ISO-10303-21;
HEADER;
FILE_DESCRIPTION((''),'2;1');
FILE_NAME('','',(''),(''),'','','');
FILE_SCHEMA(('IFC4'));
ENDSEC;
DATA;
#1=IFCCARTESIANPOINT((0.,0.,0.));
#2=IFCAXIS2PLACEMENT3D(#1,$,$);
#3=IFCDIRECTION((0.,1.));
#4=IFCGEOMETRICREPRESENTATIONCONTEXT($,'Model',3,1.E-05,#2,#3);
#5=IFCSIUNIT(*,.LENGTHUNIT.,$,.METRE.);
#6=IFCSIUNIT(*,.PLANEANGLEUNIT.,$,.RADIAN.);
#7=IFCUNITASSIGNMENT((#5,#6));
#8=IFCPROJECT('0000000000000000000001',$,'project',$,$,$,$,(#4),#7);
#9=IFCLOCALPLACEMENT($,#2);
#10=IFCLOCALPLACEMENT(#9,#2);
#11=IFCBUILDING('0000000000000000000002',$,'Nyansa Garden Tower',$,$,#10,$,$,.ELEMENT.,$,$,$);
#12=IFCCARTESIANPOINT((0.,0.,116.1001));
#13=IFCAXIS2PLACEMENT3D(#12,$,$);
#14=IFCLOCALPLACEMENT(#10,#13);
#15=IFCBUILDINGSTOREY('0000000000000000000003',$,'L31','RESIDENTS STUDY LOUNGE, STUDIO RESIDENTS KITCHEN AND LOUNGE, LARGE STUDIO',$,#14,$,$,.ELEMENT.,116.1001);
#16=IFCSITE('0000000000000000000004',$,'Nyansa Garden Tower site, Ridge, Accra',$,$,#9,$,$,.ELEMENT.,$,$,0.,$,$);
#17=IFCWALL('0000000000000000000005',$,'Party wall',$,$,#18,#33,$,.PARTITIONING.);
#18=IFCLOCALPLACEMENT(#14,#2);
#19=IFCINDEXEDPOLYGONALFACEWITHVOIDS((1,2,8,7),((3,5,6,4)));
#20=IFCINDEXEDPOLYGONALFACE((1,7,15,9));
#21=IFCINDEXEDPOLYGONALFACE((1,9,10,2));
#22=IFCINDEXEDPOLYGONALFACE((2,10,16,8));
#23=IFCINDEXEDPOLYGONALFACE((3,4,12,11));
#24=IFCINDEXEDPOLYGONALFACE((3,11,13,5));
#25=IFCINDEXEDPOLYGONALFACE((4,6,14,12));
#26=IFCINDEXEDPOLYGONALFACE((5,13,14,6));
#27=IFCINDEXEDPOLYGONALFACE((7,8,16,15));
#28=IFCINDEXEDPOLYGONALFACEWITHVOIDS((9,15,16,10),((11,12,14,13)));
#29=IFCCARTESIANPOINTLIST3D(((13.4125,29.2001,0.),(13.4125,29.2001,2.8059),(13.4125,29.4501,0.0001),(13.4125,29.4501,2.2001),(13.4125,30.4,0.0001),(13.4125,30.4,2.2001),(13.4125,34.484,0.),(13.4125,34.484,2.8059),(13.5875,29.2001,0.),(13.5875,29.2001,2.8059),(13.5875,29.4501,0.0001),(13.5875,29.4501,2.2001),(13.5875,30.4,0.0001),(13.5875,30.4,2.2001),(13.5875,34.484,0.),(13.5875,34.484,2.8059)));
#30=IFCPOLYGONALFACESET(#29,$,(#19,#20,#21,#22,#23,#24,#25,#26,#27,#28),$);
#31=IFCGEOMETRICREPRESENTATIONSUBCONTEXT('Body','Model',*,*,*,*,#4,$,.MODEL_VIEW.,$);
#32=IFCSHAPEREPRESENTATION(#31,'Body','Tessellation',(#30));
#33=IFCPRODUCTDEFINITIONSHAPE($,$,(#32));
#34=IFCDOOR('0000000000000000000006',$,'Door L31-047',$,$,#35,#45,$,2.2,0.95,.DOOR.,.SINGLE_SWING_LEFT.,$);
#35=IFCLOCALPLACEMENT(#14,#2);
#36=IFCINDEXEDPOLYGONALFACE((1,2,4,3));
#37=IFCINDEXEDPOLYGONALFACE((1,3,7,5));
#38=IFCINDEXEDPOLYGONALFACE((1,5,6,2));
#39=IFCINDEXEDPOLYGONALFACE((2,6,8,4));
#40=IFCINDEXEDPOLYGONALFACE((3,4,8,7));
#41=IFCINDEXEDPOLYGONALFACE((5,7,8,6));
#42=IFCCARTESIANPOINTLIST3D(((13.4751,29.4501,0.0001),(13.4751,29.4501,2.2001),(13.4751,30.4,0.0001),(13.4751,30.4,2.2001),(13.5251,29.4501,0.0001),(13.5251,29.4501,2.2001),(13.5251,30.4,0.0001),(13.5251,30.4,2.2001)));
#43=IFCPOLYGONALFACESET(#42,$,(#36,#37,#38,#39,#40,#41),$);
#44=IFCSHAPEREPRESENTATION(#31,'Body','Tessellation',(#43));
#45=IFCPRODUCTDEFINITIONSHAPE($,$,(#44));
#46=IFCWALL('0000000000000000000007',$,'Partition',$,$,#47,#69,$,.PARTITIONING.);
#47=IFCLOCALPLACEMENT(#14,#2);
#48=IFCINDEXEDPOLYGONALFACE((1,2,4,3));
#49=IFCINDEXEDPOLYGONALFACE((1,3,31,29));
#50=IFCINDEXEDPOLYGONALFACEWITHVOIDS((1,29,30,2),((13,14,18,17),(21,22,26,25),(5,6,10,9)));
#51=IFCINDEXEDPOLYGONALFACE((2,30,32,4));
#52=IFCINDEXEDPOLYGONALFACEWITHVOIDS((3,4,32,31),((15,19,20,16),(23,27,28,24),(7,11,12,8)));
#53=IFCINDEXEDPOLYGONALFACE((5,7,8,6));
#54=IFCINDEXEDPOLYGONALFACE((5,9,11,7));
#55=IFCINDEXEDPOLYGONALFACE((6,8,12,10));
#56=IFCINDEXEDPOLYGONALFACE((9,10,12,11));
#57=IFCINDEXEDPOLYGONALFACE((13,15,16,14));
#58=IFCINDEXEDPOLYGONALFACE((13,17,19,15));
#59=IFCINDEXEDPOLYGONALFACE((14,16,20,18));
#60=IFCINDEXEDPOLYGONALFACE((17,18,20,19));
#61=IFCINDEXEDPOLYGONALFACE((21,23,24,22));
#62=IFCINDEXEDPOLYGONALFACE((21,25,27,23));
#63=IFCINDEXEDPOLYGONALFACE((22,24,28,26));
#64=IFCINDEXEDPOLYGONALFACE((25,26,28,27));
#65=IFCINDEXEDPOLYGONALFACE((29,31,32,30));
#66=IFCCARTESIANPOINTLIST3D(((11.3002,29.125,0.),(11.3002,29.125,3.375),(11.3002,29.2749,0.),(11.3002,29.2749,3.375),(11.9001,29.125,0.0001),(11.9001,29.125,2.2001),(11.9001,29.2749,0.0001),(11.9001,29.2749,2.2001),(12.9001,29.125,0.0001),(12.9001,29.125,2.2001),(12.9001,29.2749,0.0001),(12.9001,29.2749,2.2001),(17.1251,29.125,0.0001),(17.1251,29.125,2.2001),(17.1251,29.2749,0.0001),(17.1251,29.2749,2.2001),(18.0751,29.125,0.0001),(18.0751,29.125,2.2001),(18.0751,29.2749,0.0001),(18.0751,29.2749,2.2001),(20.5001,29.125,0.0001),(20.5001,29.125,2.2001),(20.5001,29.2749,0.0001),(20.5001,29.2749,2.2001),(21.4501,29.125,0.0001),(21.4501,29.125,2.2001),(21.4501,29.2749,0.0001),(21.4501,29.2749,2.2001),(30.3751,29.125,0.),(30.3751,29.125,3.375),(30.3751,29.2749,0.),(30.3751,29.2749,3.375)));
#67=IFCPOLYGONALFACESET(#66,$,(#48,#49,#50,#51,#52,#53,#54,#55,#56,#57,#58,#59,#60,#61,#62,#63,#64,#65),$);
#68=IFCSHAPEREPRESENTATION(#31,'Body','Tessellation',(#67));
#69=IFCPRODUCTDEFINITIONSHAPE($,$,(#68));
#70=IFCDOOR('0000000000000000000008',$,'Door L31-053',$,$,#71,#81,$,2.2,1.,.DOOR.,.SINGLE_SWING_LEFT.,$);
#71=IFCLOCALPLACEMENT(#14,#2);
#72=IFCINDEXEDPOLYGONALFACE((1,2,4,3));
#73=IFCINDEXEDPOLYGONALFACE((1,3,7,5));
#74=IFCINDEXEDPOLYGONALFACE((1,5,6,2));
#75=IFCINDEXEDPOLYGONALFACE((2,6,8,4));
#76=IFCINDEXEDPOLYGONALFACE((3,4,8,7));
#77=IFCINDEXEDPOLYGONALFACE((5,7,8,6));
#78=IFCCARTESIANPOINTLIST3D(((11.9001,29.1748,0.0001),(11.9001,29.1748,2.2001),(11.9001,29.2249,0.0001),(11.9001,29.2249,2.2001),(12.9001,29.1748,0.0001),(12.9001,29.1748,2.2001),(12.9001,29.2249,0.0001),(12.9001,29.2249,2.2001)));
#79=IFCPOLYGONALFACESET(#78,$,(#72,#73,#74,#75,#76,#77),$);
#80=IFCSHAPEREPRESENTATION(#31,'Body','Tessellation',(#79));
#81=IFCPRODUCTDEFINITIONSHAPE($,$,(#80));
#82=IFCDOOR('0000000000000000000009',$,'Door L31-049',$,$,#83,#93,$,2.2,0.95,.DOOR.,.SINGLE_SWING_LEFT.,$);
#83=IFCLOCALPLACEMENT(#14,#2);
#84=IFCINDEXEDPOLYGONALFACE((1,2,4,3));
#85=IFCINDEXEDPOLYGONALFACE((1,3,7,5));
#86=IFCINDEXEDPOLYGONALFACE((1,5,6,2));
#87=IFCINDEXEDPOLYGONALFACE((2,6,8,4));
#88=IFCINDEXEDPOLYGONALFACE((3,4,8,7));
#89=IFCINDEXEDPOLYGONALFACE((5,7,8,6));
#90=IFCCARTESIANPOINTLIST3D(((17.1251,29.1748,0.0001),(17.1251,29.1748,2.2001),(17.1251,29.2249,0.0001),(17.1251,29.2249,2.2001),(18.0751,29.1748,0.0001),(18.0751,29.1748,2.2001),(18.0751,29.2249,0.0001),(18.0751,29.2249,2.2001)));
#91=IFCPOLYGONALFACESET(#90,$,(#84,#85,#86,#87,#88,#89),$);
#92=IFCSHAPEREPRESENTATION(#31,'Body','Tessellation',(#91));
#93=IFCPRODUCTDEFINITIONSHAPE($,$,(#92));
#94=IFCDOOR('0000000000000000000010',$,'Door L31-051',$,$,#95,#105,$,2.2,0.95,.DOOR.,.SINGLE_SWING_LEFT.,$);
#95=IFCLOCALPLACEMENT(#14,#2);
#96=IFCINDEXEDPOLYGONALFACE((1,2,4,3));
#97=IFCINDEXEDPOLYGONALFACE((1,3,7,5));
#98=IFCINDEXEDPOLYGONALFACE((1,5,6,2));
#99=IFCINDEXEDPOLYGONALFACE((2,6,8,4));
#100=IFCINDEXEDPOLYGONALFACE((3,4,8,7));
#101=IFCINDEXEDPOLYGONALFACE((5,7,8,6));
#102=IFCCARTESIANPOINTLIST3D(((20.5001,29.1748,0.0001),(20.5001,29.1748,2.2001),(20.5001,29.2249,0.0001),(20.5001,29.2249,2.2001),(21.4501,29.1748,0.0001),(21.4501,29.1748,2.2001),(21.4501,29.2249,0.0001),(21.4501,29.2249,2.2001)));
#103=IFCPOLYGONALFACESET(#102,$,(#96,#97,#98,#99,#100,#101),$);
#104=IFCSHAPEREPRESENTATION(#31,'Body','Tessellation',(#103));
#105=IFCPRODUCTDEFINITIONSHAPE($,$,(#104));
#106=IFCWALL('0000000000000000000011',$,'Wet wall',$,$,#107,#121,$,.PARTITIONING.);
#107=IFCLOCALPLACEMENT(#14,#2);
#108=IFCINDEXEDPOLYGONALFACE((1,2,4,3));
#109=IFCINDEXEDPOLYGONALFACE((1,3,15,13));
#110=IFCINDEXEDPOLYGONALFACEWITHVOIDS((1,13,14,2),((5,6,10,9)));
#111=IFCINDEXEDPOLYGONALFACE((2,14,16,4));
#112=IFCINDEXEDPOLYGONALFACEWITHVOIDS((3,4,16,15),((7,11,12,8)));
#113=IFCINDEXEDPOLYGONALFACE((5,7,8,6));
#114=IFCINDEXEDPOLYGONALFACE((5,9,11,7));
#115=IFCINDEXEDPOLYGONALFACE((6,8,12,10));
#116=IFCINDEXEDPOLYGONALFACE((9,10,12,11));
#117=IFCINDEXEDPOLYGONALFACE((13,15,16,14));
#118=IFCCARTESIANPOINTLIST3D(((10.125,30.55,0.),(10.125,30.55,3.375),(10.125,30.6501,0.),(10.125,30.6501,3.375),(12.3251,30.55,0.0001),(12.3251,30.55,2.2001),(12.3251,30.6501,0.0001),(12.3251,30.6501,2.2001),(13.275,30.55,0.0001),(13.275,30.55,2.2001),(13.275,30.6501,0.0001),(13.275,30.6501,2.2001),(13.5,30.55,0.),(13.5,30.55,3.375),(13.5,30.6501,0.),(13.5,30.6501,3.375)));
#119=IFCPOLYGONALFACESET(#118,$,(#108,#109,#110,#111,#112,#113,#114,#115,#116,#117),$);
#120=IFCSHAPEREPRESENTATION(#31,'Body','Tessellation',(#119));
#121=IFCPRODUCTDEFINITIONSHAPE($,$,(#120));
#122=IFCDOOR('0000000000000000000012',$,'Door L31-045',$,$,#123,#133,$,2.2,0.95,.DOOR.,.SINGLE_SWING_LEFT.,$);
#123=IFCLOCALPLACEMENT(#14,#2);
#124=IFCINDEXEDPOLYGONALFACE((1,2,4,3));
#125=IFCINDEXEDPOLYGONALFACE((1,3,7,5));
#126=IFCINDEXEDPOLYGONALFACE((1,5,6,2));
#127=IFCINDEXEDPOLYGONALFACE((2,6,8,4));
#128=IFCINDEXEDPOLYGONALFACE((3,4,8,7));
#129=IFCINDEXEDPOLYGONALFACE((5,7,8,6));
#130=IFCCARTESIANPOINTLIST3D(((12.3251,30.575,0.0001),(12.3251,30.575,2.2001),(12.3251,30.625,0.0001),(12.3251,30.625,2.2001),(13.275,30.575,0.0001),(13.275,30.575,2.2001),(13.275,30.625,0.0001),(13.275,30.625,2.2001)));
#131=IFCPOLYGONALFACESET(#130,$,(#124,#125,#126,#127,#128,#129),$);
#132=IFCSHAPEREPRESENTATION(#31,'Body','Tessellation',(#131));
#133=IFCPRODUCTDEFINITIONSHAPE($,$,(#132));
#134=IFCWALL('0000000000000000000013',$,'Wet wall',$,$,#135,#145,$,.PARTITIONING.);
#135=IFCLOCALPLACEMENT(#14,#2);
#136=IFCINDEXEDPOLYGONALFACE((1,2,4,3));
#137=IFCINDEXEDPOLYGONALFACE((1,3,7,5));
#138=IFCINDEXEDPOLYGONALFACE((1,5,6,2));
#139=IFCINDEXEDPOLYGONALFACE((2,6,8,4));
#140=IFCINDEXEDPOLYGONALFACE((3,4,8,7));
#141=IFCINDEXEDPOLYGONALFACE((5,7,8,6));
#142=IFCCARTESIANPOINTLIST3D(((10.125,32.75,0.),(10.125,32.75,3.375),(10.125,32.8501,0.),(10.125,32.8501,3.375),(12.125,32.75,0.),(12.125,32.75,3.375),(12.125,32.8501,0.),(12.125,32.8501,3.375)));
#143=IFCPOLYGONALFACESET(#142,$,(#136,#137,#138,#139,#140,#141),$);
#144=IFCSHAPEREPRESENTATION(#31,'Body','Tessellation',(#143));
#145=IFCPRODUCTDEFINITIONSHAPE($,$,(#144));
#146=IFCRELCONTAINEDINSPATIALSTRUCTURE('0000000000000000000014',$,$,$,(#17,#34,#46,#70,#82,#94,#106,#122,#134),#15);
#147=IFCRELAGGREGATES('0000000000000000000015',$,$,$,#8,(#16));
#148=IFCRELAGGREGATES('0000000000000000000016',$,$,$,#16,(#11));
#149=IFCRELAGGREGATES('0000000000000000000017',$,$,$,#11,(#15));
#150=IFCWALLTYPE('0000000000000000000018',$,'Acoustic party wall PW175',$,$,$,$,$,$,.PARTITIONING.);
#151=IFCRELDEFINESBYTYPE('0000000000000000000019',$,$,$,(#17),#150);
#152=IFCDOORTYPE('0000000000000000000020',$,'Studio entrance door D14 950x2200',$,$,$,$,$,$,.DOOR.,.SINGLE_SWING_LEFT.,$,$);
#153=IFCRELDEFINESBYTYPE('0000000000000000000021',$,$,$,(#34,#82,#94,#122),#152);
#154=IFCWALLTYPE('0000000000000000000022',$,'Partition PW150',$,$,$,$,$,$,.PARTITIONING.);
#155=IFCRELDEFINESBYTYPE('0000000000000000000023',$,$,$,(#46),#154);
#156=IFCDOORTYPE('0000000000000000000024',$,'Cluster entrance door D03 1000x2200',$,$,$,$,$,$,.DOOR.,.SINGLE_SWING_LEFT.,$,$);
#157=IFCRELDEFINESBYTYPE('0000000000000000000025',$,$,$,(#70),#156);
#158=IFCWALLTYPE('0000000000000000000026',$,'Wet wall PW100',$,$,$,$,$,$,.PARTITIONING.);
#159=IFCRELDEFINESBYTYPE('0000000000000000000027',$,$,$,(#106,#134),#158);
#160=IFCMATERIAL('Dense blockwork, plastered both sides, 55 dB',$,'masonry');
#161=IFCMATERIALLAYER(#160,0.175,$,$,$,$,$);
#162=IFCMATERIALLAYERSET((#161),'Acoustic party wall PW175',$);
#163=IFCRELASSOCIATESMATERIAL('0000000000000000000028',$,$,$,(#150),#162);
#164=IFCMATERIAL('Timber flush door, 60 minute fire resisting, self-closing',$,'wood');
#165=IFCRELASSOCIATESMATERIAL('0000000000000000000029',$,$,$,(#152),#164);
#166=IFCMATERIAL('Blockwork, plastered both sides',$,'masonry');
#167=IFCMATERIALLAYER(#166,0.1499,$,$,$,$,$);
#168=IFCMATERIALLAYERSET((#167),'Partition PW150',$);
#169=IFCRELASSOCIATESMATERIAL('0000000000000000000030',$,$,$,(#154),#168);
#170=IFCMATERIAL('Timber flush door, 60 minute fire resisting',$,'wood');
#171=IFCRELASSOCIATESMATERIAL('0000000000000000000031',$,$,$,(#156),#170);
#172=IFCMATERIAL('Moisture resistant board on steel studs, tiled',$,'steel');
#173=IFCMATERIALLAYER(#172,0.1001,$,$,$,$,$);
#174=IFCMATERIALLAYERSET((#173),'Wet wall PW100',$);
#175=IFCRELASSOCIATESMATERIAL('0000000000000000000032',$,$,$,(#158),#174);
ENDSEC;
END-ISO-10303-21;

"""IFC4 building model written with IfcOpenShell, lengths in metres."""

from ifc_helpers import new_model, si_unit, direction, frame, frame_2d, origin, place, context, subcontext, project, spatial, rectangle, extrude, material, layer, layer_set, type_object, element, fill, save


model = new_model("IFC4")

# Units and contexts
model_context = context("Model", 3, precision=1e-05, world=origin(), true_north=direction((0.0, 1.0)))
body_context = subcontext(model_context, "Body", "Model", "MODEL_VIEW")
ifc_project = project(units=[si_unit("LENGTHUNIT", "METRE"), si_unit("PLANEANGLEUNIT", "RADIAN")], contexts=[model_context])

# Site, building, storey
site_placement = place(None, origin())
site = spatial("IfcSite", under=ifc_project, at=site_placement, Name="Nyansa Garden Tower site, Ridge, Accra", CompositionType="ELEMENT", RefElevation=0.0)
building_placement = place(site_placement, origin())
building = spatial("IfcBuilding", under=site, at=building_placement, Name="Nyansa Garden Tower", CompositionType="ELEMENT")
storey_placement = place(building_placement, frame((0.0, 0.0, 116.1001)))
storey = spatial("IfcBuildingStorey", under=building, at=storey_placement, Name="L31", Description="RESIDENTS STUDY LOUNGE, STUDIO RESIDENTS KITCHEN AND LOUNGE, LARGE STUDIO", CompositionType="ELEMENT", Elevation=116.1001)

# Wall, opening, door
ifc_material_1 = material(Name="Dense blockwork, plastered both sides, 55 dB", Category="masonry")
ifc_layer_1 = layer(ifc_material_1, 0.175)
ifc_layer_set_1 = layer_set([ifc_layer_1], Name="Acoustic party wall PW175")
wall_type_1 = type_object("IfcWallType", Name="Acoustic party wall PW175", PredefinedType="PARTITIONING", material=ifc_layer_set_1)
wall_1_placement = place(storey_placement, frame((13.5, 29.2, 0.0), z_axis=(0.0, 0.0, 1.0), x_axis=(0.0, 1.0, 0.0)))
wall_1 = element("IfcWall", 1, at=wall_1_placement, inside=storey, type_object=wall_type_1, Name="Party wall", PredefinedType="PARTITIONING", context=body_context, shape_type="SweptSolid", body=[
    extrude(rectangle(XDim=5.2839, YDim=0.175, at=frame_2d((2.6421, 0.0))), origin(), (0.0, 0.0, 1.0), 2.8059),
])
opening_1_placement = place(wall_1_placement, frame((0.25, 0.0, 0.0)))
opening_1 = element("IfcOpeningElement", 2, at=opening_1_placement, cuts=wall_1, PredefinedType="OPENING", context=body_context, shape_type="SweptSolid", body=[
    extrude(rectangle(XDim=0.95, YDim=2.2, at=frame_2d((0.4751, 1.1001))), frame((0.0, 0.0974, 0.0), z_axis=(0.0, -1.0, 0.0), x_axis=(1.0, 0.0, 0.0)), (0.0, 0.0, 1.0), 0.1951),
])
ifc_material_2 = material(Name="Timber flush door, 60 minute fire resisting, self-closing", Category="wood")
door_type_1 = type_object("IfcDoorType", Name="Studio entrance door D14 950x2200", OperationType="SINGLE_SWING_LEFT", PredefinedType="DOOR", material=ifc_material_2)
door_1_placement = place(opening_1_placement, origin())
door_1 = element("IfcDoor", 3, at=door_1_placement, inside=storey, type_object=door_type_1, Name="Door L31-047", OperationType="SINGLE_SWING_LEFT", OverallHeight=2.2, OverallWidth=0.95, PredefinedType="DOOR", context=body_context, shape_type="SweptSolid", body=[
    extrude(rectangle(XDim=0.95, YDim=2.2, at=frame_2d((0.4751, 1.1001))), frame((0.0, 0.0249, 0.0), z_axis=(0.0, -1.0, 0.0), x_axis=(1.0, 0.0, 0.0)), (0.0, 0.0, 1.0), 0.05),
])
fill(opening_1, door_1)

# Wall, openings, doors
ifc_material_3 = material(Name="Blockwork, plastered both sides", Category="masonry")
ifc_layer_2 = layer(ifc_material_3, 0.1499)
ifc_layer_set_2 = layer_set([ifc_layer_2], Name="Partition PW150")
wall_type_2 = type_object("IfcWallType", Name="Partition PW150", PredefinedType="PARTITIONING", material=ifc_layer_set_2)
wall_2_placement = place(storey_placement, frame((11.3, 29.2, 0.0), z_axis=(0.0, 0.0, 1.0), x_axis=(1.0, 0.0, 0.0)))
wall_2 = element("IfcWall", 4, at=wall_2_placement, inside=storey, type_object=wall_type_2, Name="Partition", PredefinedType="PARTITIONING", context=body_context, shape_type="SweptSolid", body=[
    extrude(rectangle(XDim=19.075, YDim=0.1499, at=frame_2d((9.5376, 0.0))), origin(), (0.0, 0.0, 1.0), 3.375),
])
opening_2_placement = place(wall_2_placement, frame((5.825, 0.0, 0.0)))
opening_2 = element("IfcOpeningElement", 5, at=opening_2_placement, cuts=wall_2, PredefinedType="OPENING", context=body_context, shape_type="SweptSolid", body=[
    extrude(rectangle(XDim=0.95, YDim=2.2, at=frame_2d((0.4751, 1.1001))), frame((0.0, 0.085, 0.0), z_axis=(0.0, -1.0, 0.0), x_axis=(1.0, 0.0, 0.0)), (0.0, 0.0, 1.0), 0.1699),
])
opening_3_placement = place(wall_2_placement, frame((9.2, 0.0, 0.0)))
opening_3 = element("IfcOpeningElement", 6, at=opening_3_placement, cuts=wall_2, PredefinedType="OPENING", context=body_context, shape_type="SweptSolid", body=[
    extrude(rectangle(XDim=0.95, YDim=2.2, at=frame_2d((0.4751, 1.1001))), frame((0.0, 0.085, 0.0), z_axis=(0.0, -1.0, 0.0), x_axis=(1.0, 0.0, 0.0)), (0.0, 0.0, 1.0), 0.1699),
])
opening_4_placement = place(wall_2_placement, frame((0.6001, 0.0, 0.0)))
opening_4 = element("IfcOpeningElement", 7, at=opening_4_placement, cuts=wall_2, PredefinedType="OPENING", context=body_context, shape_type="SweptSolid", body=[
    extrude(rectangle(XDim=1.0, YDim=2.2, at=frame_2d((0.5, 1.1001))), frame((0.0, 0.085, 0.0), z_axis=(0.0, -1.0, 0.0), x_axis=(1.0, 0.0, 0.0)), (0.0, 0.0, 1.0), 0.1699),
])
ifc_material_4 = material(Name="Timber flush door, 60 minute fire resisting", Category="wood")
door_type_2 = type_object("IfcDoorType", Name="Cluster entrance door D03 1000x2200", OperationType="SINGLE_SWING_LEFT", PredefinedType="DOOR", material=ifc_material_4)
door_2_placement = place(opening_4_placement, origin())
door_2 = element("IfcDoor", 8, at=door_2_placement, inside=storey, type_object=door_type_2, Name="Door L31-053", OperationType="SINGLE_SWING_LEFT", OverallHeight=2.2, OverallWidth=1.0, PredefinedType="DOOR", context=body_context, shape_type="SweptSolid", body=[
    extrude(rectangle(XDim=1.0, YDim=2.2, at=frame_2d((0.5, 1.1001))), frame((0.0, 0.0249, 0.0), z_axis=(0.0, -1.0, 0.0), x_axis=(1.0, 0.0, 0.0)), (0.0, 0.0, 1.0), 0.05),
])
fill(opening_4, door_2)
door_3_placement = place(opening_2_placement, origin())
door_3 = element("IfcDoor", 9, at=door_3_placement, inside=storey, type_object=door_type_1, Name="Door L31-049", OperationType="SINGLE_SWING_LEFT", OverallHeight=2.2, OverallWidth=0.95, PredefinedType="DOOR", context=body_context, shape_type="SweptSolid", body=[
    extrude(rectangle(XDim=0.95, YDim=2.2, at=frame_2d((0.4751, 1.1001))), frame((0.0, 0.0249, 0.0), z_axis=(0.0, -1.0, 0.0), x_axis=(1.0, 0.0, 0.0)), (0.0, 0.0, 1.0), 0.05),
])
fill(opening_2, door_3)
door_4_placement = place(opening_3_placement, origin())
door_4 = element("IfcDoor", 10, at=door_4_placement, inside=storey, type_object=door_type_1, Name="Door L31-051", OperationType="SINGLE_SWING_LEFT", OverallHeight=2.2, OverallWidth=0.95, PredefinedType="DOOR", context=body_context, shape_type="SweptSolid", body=[
    extrude(rectangle(XDim=0.95, YDim=2.2, at=frame_2d((0.4751, 1.1001))), frame((0.0, 0.0249, 0.0), z_axis=(0.0, -1.0, 0.0), x_axis=(1.0, 0.0, 0.0)), (0.0, 0.0, 1.0), 0.05),
])
fill(opening_3, door_4)

# Wall, opening, door
ifc_material_5 = material(Name="Moisture resistant board on steel studs, tiled", Category="steel")
ifc_layer_3 = layer(ifc_material_5, 0.1001)
ifc_layer_set_3 = layer_set([ifc_layer_3], Name="Wet wall PW100")
wall_type_3 = type_object("IfcWallType", Name="Wet wall PW100", PredefinedType="PARTITIONING", material=ifc_layer_set_3)
wall_3_placement = place(storey_placement, frame((10.125, 30.6001, 0.0), z_axis=(0.0, 0.0, 1.0), x_axis=(1.0, 0.0, 0.0)))
wall_3 = element("IfcWall", 11, at=wall_3_placement, inside=storey, type_object=wall_type_3, Name="Wet wall", PredefinedType="PARTITIONING", context=body_context, shape_type="SweptSolid", body=[
    extrude(rectangle(XDim=3.375, YDim=0.1001, at=frame_2d((1.6875, 0.0))), origin(), (0.0, 0.0, 1.0), 3.375),
])
opening_5_placement = place(wall_3_placement, frame((2.2, 0.0, 0.0)))
opening_5 = element("IfcOpeningElement", 12, at=opening_5_placement, cuts=wall_3, PredefinedType="OPENING", context=body_context, shape_type="SweptSolid", body=[
    extrude(rectangle(XDim=0.95, YDim=2.2, at=frame_2d((0.4751, 1.1001))), frame((0.0, 0.0601, 0.0), z_axis=(0.0, -1.0, 0.0), x_axis=(1.0, 0.0, 0.0)), (0.0, 0.0, 1.0), 0.1201),
])
door_5_placement = place(opening_5_placement, origin())
door_5 = element("IfcDoor", 13, at=door_5_placement, inside=storey, type_object=door_type_1, Name="Door L31-045", OperationType="SINGLE_SWING_LEFT", OverallHeight=2.2, OverallWidth=0.95, PredefinedType="DOOR", context=body_context, shape_type="SweptSolid", body=[
    extrude(rectangle(XDim=0.95, YDim=2.2, at=frame_2d((0.4751, 1.1001))), frame((0.0, 0.0249, 0.0), z_axis=(0.0, -1.0, 0.0), x_axis=(1.0, 0.0, 0.0)), (0.0, 0.0, 1.0), 0.05),
])
fill(opening_5, door_5)

# Wall
wall_4_placement = place(storey_placement, frame((10.125, 32.8, 0.0), z_axis=(0.0, 0.0, 1.0), x_axis=(1.0, 0.0, 0.0)))
element("IfcWall", 14, at=wall_4_placement, inside=storey, type_object=wall_type_3, Name="Wet wall", PredefinedType="PARTITIONING", context=body_context, shape_type="SweptSolid", body=[
    extrude(rectangle(XDim=2.0, YDim=0.1001, at=frame_2d((1.0, 0.0))), origin(), (0.0, 0.0, 1.0), 3.375),
])

save(model, "model.ifc")
